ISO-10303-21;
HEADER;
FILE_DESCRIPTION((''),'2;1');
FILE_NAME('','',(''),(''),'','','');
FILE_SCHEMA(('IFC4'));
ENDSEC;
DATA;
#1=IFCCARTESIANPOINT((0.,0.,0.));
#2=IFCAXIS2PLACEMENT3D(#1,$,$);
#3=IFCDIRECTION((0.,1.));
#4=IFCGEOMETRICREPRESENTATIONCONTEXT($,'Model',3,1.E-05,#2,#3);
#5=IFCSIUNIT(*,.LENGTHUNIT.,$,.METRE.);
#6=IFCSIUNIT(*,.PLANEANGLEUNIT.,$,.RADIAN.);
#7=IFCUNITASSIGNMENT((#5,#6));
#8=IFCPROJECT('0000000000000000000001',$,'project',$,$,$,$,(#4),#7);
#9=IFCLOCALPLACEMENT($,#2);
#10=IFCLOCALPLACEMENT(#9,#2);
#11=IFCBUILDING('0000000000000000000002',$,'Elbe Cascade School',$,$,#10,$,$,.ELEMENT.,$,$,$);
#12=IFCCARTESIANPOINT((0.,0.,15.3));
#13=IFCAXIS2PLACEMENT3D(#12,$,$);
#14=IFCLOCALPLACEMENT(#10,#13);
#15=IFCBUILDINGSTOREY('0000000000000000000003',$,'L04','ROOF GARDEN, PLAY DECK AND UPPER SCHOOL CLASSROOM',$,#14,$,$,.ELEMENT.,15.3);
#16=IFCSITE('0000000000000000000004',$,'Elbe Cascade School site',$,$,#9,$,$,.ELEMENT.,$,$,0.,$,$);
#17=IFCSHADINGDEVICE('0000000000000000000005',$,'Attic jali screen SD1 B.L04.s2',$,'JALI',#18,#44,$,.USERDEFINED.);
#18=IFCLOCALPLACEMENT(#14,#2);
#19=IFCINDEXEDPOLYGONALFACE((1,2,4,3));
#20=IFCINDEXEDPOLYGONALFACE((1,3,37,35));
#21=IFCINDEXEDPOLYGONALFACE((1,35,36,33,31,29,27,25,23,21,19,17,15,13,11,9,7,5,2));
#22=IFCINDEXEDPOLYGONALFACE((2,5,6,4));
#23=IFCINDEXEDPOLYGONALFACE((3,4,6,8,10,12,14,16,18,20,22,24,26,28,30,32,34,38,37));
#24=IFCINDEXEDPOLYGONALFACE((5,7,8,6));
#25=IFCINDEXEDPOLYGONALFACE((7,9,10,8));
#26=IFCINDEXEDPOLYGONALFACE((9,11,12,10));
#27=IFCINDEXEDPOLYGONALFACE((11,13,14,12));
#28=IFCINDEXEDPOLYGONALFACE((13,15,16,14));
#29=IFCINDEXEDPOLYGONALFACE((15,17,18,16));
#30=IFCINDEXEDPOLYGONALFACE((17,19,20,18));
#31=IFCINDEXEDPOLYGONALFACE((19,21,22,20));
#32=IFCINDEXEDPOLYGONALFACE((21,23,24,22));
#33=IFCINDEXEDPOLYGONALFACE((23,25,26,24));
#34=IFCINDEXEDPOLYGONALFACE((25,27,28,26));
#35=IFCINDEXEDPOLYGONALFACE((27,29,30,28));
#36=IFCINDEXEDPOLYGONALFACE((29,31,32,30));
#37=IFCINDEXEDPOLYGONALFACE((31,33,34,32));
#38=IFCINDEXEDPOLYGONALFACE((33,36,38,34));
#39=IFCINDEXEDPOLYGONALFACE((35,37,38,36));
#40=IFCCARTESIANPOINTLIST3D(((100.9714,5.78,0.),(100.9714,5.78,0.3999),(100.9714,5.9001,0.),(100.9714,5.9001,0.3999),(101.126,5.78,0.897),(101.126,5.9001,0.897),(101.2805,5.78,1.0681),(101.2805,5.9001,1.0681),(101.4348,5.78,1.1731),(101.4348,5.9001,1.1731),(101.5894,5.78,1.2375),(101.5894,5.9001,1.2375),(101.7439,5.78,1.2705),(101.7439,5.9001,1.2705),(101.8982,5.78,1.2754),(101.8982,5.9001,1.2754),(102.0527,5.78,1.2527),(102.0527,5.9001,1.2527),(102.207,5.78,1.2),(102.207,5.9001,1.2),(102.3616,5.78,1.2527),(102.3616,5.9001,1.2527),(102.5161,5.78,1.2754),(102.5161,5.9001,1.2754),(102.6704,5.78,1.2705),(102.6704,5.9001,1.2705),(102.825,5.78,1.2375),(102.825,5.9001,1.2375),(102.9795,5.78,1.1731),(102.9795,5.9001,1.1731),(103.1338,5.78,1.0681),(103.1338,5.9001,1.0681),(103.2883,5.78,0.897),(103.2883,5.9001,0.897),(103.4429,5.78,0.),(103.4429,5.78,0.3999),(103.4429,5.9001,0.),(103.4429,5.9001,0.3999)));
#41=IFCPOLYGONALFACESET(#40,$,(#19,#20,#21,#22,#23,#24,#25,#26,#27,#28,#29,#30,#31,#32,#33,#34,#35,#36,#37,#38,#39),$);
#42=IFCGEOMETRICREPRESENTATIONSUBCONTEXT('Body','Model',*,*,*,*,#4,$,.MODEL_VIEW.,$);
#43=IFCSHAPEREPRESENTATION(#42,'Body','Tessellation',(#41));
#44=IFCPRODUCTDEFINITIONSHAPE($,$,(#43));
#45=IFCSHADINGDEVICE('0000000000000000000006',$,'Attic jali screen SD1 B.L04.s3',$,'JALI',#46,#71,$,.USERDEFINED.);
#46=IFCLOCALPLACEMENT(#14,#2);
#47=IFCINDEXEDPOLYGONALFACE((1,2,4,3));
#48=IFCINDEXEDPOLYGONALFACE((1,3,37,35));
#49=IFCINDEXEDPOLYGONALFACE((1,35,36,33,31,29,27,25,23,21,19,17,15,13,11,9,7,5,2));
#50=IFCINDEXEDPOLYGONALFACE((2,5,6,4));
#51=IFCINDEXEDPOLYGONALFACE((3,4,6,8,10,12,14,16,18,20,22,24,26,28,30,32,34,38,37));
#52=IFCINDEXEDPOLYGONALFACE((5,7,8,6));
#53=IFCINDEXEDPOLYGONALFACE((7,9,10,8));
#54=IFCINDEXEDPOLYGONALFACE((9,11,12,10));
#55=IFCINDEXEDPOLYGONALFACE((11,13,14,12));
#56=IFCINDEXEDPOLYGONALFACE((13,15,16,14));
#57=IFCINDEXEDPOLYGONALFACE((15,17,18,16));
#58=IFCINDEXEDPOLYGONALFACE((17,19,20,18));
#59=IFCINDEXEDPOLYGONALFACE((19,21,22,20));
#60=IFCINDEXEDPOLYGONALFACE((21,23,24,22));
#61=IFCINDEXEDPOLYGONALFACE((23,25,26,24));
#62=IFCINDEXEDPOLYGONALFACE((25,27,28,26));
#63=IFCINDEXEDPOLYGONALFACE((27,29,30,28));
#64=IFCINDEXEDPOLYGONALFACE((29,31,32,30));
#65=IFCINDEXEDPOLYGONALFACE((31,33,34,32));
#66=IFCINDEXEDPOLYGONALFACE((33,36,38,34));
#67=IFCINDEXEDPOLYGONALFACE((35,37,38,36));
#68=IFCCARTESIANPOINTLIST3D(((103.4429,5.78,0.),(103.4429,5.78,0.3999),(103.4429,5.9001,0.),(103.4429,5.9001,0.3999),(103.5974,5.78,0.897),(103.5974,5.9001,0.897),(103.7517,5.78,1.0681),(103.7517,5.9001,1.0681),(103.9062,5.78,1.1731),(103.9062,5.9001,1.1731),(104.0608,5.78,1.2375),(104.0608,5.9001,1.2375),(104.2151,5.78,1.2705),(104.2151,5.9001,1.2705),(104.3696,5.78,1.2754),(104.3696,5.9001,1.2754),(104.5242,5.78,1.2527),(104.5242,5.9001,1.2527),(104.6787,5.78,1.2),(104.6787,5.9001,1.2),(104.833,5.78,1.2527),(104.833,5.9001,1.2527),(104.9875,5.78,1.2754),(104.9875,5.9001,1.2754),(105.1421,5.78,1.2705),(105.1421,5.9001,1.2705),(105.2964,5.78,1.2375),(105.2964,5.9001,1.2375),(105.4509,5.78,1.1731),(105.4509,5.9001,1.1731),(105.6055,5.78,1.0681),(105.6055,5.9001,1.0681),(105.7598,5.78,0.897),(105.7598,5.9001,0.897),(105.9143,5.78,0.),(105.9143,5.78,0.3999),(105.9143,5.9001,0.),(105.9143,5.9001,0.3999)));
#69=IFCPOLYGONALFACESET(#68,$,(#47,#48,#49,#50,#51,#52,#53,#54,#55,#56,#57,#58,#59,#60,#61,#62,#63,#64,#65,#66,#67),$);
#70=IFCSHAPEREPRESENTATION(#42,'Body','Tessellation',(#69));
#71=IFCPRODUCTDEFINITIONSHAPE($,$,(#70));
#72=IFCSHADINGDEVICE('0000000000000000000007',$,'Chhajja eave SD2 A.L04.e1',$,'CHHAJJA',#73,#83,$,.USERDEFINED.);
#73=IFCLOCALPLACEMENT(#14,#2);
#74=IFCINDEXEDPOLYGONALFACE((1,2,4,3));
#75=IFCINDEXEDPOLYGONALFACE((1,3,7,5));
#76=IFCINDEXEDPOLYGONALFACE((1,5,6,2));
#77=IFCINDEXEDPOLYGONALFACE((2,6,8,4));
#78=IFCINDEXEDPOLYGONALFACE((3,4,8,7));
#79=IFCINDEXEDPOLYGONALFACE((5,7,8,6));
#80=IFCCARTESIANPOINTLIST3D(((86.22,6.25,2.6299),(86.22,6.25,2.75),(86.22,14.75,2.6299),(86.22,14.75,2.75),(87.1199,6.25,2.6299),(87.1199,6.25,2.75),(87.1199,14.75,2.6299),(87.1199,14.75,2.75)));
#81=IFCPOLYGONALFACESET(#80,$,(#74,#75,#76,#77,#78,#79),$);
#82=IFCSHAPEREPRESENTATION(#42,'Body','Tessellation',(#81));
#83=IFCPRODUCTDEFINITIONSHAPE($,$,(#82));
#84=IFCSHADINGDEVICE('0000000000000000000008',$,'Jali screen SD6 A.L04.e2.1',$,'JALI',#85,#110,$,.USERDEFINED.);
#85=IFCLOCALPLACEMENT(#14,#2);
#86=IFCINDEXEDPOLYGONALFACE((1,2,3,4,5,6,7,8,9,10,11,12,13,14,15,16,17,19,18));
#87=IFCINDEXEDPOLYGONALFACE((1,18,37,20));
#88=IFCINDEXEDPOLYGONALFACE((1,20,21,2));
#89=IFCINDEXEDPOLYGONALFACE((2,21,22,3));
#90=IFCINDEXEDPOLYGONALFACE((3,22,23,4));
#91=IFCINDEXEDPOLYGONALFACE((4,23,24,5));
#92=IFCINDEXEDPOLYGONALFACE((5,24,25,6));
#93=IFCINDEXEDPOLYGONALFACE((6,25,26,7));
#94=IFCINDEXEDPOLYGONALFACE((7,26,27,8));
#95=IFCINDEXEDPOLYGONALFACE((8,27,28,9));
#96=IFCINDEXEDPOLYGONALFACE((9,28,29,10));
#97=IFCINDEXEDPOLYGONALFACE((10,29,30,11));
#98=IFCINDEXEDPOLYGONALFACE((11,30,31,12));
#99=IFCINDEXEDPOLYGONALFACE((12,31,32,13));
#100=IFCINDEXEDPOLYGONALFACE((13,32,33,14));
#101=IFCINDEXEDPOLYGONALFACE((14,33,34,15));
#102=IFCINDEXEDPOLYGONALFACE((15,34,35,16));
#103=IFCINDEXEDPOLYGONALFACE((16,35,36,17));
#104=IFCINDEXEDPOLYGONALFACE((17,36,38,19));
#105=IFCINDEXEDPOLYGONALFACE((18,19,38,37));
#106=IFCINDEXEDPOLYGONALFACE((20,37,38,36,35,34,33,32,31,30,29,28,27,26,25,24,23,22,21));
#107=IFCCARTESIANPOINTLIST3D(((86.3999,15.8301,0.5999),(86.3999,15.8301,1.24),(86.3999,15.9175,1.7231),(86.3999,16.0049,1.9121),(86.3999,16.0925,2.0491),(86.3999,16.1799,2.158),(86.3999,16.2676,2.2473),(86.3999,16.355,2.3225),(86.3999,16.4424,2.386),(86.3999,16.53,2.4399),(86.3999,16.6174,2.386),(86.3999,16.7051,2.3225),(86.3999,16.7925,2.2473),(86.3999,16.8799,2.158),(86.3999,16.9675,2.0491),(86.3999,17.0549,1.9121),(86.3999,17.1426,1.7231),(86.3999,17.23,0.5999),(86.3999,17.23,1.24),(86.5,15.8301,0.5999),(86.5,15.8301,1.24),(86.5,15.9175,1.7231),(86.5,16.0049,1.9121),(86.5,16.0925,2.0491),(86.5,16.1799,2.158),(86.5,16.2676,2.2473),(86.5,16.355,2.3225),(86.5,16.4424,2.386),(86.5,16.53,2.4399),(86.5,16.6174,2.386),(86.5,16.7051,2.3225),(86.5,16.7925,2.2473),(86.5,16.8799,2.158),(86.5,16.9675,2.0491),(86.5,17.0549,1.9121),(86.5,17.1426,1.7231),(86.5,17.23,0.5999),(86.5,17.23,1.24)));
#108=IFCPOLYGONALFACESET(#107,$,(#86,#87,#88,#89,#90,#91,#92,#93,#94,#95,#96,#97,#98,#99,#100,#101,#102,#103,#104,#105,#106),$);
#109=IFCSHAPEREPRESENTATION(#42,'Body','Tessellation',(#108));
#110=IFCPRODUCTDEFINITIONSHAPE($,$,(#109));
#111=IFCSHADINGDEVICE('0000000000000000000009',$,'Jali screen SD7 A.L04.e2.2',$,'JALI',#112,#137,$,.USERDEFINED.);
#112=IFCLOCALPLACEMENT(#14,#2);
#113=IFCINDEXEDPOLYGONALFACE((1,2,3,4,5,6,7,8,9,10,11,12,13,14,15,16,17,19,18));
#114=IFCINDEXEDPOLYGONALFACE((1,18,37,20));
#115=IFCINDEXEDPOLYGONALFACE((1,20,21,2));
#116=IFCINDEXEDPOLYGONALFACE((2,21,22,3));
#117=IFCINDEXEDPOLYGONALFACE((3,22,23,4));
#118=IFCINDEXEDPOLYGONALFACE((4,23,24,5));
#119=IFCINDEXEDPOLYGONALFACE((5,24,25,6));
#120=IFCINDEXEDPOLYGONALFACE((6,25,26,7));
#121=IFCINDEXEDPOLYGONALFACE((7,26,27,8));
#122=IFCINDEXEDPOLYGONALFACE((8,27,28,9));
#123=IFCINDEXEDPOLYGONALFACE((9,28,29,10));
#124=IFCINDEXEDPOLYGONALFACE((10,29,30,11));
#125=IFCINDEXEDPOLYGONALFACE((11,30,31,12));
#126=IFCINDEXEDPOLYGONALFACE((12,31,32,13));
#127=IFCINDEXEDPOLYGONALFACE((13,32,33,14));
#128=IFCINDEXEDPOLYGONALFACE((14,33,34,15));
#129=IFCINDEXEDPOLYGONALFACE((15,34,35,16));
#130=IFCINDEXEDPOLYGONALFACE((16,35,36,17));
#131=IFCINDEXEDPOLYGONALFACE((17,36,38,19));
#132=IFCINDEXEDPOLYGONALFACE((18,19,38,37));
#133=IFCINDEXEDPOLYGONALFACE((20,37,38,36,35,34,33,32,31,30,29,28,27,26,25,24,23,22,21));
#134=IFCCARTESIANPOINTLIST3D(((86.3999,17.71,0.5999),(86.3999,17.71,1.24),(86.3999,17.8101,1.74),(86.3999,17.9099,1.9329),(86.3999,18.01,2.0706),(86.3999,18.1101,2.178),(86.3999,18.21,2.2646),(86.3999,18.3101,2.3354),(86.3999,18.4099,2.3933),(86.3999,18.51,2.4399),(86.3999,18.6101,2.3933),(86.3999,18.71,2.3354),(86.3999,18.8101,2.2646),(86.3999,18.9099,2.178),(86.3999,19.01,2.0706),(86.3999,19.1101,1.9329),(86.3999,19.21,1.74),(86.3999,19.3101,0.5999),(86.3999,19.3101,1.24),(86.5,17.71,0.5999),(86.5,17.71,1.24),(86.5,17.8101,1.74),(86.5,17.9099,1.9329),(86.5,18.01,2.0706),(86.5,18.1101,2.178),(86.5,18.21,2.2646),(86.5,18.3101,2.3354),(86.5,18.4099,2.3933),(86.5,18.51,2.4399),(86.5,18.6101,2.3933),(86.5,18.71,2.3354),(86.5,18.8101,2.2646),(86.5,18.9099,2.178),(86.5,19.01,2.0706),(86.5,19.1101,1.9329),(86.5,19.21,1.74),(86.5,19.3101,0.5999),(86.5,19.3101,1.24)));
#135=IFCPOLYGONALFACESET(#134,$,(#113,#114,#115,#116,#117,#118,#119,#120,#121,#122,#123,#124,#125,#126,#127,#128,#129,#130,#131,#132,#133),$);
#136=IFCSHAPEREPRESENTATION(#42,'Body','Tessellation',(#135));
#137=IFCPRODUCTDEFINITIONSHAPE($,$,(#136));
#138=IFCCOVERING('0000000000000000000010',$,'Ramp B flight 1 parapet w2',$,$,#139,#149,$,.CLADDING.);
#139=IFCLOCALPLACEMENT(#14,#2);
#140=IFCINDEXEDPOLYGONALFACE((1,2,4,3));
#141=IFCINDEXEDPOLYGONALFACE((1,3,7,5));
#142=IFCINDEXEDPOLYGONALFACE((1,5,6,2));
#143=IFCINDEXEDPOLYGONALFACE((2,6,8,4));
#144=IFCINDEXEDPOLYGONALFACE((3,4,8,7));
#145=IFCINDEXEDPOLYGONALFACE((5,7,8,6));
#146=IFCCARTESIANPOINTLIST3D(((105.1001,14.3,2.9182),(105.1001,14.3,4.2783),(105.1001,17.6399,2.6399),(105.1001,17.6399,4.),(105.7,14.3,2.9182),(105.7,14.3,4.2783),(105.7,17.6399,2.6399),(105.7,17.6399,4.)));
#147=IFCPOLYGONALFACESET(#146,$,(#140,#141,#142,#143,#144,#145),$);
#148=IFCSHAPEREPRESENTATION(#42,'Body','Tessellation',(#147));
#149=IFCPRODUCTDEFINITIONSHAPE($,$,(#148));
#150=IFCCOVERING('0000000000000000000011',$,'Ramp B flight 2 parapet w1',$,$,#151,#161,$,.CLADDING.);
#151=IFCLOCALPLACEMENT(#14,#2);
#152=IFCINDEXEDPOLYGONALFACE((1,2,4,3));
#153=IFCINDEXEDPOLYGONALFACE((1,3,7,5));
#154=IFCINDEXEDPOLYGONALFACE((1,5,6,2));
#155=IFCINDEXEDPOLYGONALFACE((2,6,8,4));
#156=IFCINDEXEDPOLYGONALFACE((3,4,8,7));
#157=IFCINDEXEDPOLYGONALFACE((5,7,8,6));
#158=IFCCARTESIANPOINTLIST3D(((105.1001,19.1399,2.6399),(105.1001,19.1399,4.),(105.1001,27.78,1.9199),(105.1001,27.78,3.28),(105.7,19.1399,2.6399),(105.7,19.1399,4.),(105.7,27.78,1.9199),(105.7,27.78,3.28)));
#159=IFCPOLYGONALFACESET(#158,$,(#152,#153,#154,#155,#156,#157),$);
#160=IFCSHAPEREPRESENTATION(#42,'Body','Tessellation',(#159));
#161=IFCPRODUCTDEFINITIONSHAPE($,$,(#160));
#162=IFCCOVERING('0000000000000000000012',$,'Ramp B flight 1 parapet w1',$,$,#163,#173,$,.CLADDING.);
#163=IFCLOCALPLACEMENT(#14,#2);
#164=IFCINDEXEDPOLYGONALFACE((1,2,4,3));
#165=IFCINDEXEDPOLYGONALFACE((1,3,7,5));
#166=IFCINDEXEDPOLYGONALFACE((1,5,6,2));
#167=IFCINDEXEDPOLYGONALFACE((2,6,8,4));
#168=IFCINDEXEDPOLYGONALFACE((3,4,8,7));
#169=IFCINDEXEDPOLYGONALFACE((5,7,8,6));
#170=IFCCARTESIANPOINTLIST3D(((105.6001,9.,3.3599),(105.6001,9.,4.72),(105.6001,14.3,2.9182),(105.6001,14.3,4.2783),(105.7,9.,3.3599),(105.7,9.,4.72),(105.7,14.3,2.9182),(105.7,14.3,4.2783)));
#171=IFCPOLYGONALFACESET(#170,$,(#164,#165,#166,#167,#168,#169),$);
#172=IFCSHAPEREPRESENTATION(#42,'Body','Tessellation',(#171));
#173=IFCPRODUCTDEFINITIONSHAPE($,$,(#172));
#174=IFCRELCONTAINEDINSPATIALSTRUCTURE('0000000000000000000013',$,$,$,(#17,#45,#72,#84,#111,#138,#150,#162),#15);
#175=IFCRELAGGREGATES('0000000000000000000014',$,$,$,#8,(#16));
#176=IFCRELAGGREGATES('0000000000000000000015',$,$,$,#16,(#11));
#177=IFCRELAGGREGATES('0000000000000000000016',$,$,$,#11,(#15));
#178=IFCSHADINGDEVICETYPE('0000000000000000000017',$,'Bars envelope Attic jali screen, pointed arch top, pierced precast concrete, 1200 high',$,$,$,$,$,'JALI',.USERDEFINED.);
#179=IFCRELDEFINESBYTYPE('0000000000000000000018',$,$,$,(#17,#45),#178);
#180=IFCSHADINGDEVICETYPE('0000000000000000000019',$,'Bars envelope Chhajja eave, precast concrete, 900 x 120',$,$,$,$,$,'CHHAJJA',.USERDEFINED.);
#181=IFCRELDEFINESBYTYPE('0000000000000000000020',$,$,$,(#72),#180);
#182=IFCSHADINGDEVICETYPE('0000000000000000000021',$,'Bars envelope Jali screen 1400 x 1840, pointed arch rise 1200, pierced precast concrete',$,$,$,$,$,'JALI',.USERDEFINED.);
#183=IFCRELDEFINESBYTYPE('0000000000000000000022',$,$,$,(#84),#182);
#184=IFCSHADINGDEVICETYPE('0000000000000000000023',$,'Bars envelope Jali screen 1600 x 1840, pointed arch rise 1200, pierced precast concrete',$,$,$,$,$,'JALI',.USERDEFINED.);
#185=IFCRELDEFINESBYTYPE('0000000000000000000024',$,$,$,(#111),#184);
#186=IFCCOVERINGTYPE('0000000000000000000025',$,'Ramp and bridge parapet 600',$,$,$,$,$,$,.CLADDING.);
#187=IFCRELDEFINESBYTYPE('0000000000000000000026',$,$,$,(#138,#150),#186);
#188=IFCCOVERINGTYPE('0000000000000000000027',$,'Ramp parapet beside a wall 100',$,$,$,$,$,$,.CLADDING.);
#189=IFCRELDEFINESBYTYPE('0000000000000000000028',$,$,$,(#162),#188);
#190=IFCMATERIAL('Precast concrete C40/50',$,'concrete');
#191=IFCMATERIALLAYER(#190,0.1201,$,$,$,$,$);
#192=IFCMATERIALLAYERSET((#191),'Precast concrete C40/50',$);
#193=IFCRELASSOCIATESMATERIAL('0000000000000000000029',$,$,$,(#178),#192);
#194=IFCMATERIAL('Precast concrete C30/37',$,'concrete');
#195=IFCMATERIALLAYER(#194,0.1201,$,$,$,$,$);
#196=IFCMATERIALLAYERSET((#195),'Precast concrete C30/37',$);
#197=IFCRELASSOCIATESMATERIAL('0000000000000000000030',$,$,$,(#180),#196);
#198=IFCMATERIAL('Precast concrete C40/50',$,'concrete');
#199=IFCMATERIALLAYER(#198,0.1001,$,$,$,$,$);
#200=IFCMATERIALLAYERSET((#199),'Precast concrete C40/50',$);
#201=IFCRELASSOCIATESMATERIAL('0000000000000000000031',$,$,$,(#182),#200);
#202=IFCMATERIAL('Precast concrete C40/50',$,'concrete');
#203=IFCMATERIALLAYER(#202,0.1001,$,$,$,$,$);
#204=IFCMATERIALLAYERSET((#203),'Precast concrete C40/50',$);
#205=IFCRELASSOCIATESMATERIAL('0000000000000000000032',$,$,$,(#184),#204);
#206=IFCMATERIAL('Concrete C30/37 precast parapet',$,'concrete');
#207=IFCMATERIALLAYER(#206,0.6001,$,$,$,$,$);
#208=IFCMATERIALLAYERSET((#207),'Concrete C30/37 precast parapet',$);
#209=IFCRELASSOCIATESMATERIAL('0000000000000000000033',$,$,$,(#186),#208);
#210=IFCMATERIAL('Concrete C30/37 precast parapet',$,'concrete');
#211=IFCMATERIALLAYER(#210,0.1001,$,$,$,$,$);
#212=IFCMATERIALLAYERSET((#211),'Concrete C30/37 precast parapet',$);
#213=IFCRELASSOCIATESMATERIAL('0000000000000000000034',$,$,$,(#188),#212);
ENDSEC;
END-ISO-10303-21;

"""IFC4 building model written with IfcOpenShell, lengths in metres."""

from ifc_helpers import new_model, si_unit, direction, frame, origin, origin_2d, place, context, subcontext, project, spatial, polyline, rectangle, outline, extrude, material, layer, layer_set, type_object, element, save


model = new_model("IFC4")

# Units and contexts
model_context = context("Model", 3, precision=1e-05, world=origin(), true_north=direction((0.0, 1.0)))
body_context = subcontext(model_context, "Body", "Model", "MODEL_VIEW")
ifc_project = project(units=[si_unit("LENGTHUNIT", "METRE"), si_unit("PLANEANGLEUNIT", "RADIAN")], contexts=[model_context])

# Site, building, storey
site_placement = place(None, origin())
site = spatial("IfcSite", under=ifc_project, at=site_placement, Name="Elbe Cascade School site", CompositionType="ELEMENT", RefElevation=0.0)
building_placement = place(site_placement, origin())
building = spatial("IfcBuilding", under=site, at=building_placement, Name="Elbe Cascade School", CompositionType="ELEMENT")
storey_placement = place(building_placement, frame((0.0, 0.0, 15.3)))
storey = spatial("IfcBuildingStorey", under=building, at=storey_placement, Name="L04", Description="ROOF GARDEN, PLAY DECK AND UPPER SCHOOL CLASSROOM", CompositionType="ELEMENT", Elevation=15.3)

# Shading devices
ifc_material_1 = material(Name="Precast concrete C40/50", Category="concrete")
ifc_layer_1 = layer(ifc_material_1, 0.1201)
ifc_layer_set_1 = layer_set([ifc_layer_1], Name="Precast concrete C40/50")
shading_device_type_1 = type_object("IfcShadingDeviceType", Name="Bars envelope Attic jali screen, pointed arch top, pierced precast concrete, 1200 high", ElementType="JALI", PredefinedType="USERDEFINED", material=ifc_layer_set_1)
shading_device_1_placement = place(storey_placement, frame((100.9714, 5.78, 0.0), z_axis=(0.0, -1.0, 0.0), x_axis=(1.0, 0.0, 0.0)))
element("IfcShadingDevice", 1, at=shading_device_1_placement, inside=storey, type_object=shading_device_type_1, Name="Attic jali screen SD1 B.L04.s2", ObjectType="JALI", PredefinedType="USERDEFINED", context=body_context, shape_type="SweptSolid", body=[
    extrude(outline(polyline([(0.0, 0.0), (2.4714, 0.0), (2.4714, 0.3999), (2.3169, 0.897), (2.1624, 1.0681), (2.0081, 1.1731), (1.8535, 1.2375), (1.699, 1.2705), (1.5447, 1.2754), (1.3901, 1.2527), (1.2356, 1.2), (1.0813, 1.2527), (0.9268, 1.2754), (0.7725, 1.2705), (0.6179, 1.2375), (0.4634, 1.1731), (0.3091, 1.0681), (0.1545, 0.897), (0.0, 0.3999), (0.0, 0.0)])), origin(), (0.0, 0.0, -1.0), 0.1201),
])
shading_device_2_placement = place(storey_placement, frame((103.4429, 5.78, 0.0), z_axis=(0.0, -1.0, 0.0), x_axis=(1.0, 0.0, 0.0)))
element("IfcShadingDevice", 2, at=shading_device_2_placement, inside=storey, type_object=shading_device_type_1, Name="Attic jali screen SD1 B.L04.s3", ObjectType="JALI", PredefinedType="USERDEFINED", context=body_context, shape_type="SweptSolid", body=[
    extrude(outline(polyline([(0.0, 0.0), (2.4714, 0.0), (2.4714, 0.3999), (2.3169, 0.897), (2.1626, 1.0681), (2.0081, 1.1731), (1.8535, 1.2375), (1.6992, 1.2705), (1.5447, 1.2754), (1.3901, 1.2527), (1.2358, 1.2), (1.0813, 1.2527), (0.9268, 1.2754), (0.7722, 1.2705), (0.6179, 1.2375), (0.4634, 1.1731), (0.3088, 1.0681), (0.1545, 0.897), (0.0, 0.3999), (0.0, 0.0)])), origin(), (0.0, 0.0, -1.0), 0.1201),
])
ifc_material_2 = material(Name="Precast concrete C30/37", Category="concrete")
ifc_layer_2 = layer(ifc_material_2, 0.1201)
ifc_layer_set_2 = layer_set([ifc_layer_2], Name="Precast concrete C30/37")
shading_device_type_2 = type_object("IfcShadingDeviceType", Name="Bars envelope Chhajja eave, precast concrete, 900 x 120", ElementType="CHHAJJA", PredefinedType="USERDEFINED", material=ifc_layer_set_2)
shading_device_3_placement = place(storey_placement, frame((86.6699, 10.5, 2.6299), z_axis=(0.0, 0.0, 1.0), x_axis=(0.0, 1.0, 0.0)))
element("IfcShadingDevice", 3, at=shading_device_3_placement, inside=storey, type_object=shading_device_type_2, Name="Chhajja eave SD2 A.L04.e1", ObjectType="CHHAJJA", PredefinedType="USERDEFINED", context=body_context, shape_type="SweptSolid", body=[
    extrude(rectangle(XDim=8.5, YDim=0.8999, at=origin_2d()), origin(), (0.0, 0.0, 1.0), 0.1201),
])
ifc_material_3 = material(Name="Precast concrete C40/50", Category="concrete")
ifc_layer_3 = layer(ifc_material_3, 0.1001)
ifc_layer_set_3 = layer_set([ifc_layer_3], Name="Precast concrete C40/50")
shading_device_type_3 = type_object("IfcShadingDeviceType", Name="Bars envelope Jali screen 1400 x 1840, pointed arch rise 1200, pierced precast concrete", ElementType="JALI", PredefinedType="USERDEFINED", material=ifc_layer_set_3)
shading_device_4_placement = place(storey_placement, frame((86.5, 15.8301, 0.5999), z_axis=(1.0, 0.0, 0.0), x_axis=(0.0, 1.0, 0.0)))
element("IfcShadingDevice", 4, at=shading_device_4_placement, inside=storey, type_object=shading_device_type_3, Name="Jali screen SD6 A.L04.e2.1", ObjectType="JALI", PredefinedType="USERDEFINED", context=body_context, shape_type="SweptSolid", body=[
    extrude(outline(polyline([(0.0, 0.0), (1.3999, 0.0), (1.3999, 0.6401), (1.3125, 1.1233), (1.2249, 1.3123), (1.1375, 1.4492), (1.0498, 1.5581), (0.9624, 1.6475), (0.875, 1.7227), (0.7874, 1.7861), (0.7, 1.8401), (0.6123, 1.7861), (0.5249, 1.7227), (0.4375, 1.6475), (0.3499, 1.5581), (0.2625, 1.4492), (0.1748, 1.3123), (0.0874, 1.1233), (0.0, 0.6401), (0.0, 0.0)])), origin(), (0.0, 0.0, -1.0), 0.1001),
])
ifc_material_4 = material(Name="Precast concrete C40/50", Category="concrete")
ifc_layer_4 = layer(ifc_material_4, 0.1001)
ifc_layer_set_4 = layer_set([ifc_layer_4], Name="Precast concrete C40/50")
shading_device_type_4 = type_object("IfcShadingDeviceType", Name="Bars envelope Jali screen 1600 x 1840, pointed arch rise 1200, pierced precast concrete", ElementType="JALI", PredefinedType="USERDEFINED", material=ifc_layer_set_4)
shading_device_5_placement = place(storey_placement, frame((86.5, 17.71, 0.5999), z_axis=(1.0, 0.0, 0.0), x_axis=(0.0, 1.0, 0.0)))
element("IfcShadingDevice", 5, at=shading_device_5_placement, inside=storey, type_object=shading_device_type_4, Name="Jali screen SD7 A.L04.e2.2", ObjectType="JALI", PredefinedType="USERDEFINED", context=body_context, shape_type="SweptSolid", body=[
    extrude(outline(polyline([(0.0, 0.0), (1.6001, 0.0), (1.6001, 0.6401), (1.5, 1.1401), (1.4001, 1.333), (1.3, 1.4707), (1.2, 1.5781), (1.1001, 1.6648), (1.0, 1.7356), (0.9001, 1.7935), (0.8, 1.8401), (0.7, 1.7935), (0.6001, 1.7356), (0.5, 1.6648), (0.4001, 1.5781), (0.3, 1.4707), (0.2, 1.333), (0.1001, 1.1401), (0.0, 0.6401), (0.0, 0.0)])), origin(), (0.0, 0.0, -1.0), 0.1001),
])

# Coverings
ifc_material_5 = material(Name="Concrete C30/37 precast parapet", Category="concrete")
ifc_layer_5 = layer(ifc_material_5, 0.6001)
ifc_layer_set_5 = layer_set([ifc_layer_5], Name="Concrete C30/37 precast parapet")
covering_type_1 = type_object("IfcCoveringType", Name="Ramp and bridge parapet 600", PredefinedType="CLADDING", material=ifc_layer_set_5)
covering_1_placement = place(storey_placement, frame((105.1001, 14.3, 4.2783), z_axis=(0.0, 0.083045, 0.996546), x_axis=(0.0, 0.996546, -0.083045)))
element("IfcCovering", 6, at=covering_1_placement, inside=storey, type_object=covering_type_1, Name="Ramp B flight 1 parapet w2", PredefinedType="CLADDING", context=body_context, shape_type="SweptSolid", body=[
    extrude(outline(polyline([(0.0, 0.0), (3.3514, 0.0), (3.3514, -0.5999), (0.0, -0.5999), (0.0, 0.0)])), origin(), (0.083045, 0.0, -0.996546), 1.3601),
])
covering_2_placement = place(storey_placement, frame((105.1001, 19.1399, 4.0), z_axis=(0.0, 0.083041, 0.996546), x_axis=(0.0, 0.996546, -0.083041)))
element("IfcCovering", 7, at=covering_2_placement, inside=storey, type_object=covering_type_1, Name="Ramp B flight 2 parapet w1", PredefinedType="CLADDING", context=body_context, shape_type="SweptSolid", body=[
    extrude(outline(polyline([(0.0, 0.0), (8.6701, 0.0), (8.6701, -0.5999), (0.0, -0.5999), (0.0, 0.0)])), origin(), (0.083041, 0.0, -0.996546), 1.3601),
])
ifc_material_6 = material(Name="Concrete C30/37 precast parapet", Category="concrete")
ifc_layer_6 = layer(ifc_material_6, 0.1001)
ifc_layer_set_6 = layer_set([ifc_layer_6], Name="Concrete C30/37 precast parapet")
covering_type_2 = type_object("IfcCoveringType", Name="Ramp parapet beside a wall 100", PredefinedType="CLADDING", material=ifc_layer_set_6)
covering_3_placement = place(storey_placement, frame((105.6001, 9.0, 4.72), z_axis=(0.0, 0.083042, 0.996546), x_axis=(0.0, 0.996546, -0.083042)))
element("IfcCovering", 8, at=covering_3_placement, inside=storey, type_object=covering_type_2, Name="Ramp B flight 1 parapet w1", PredefinedType="CLADDING", context=body_context, shape_type="SweptSolid", body=[
    extrude(outline(polyline([(0.0, 0.0), (5.3184, 0.0), (5.3184, -0.0999), (0.0, -0.0999), (0.0, 0.0)])), origin(), (0.083042, 0.0, -0.996546), 1.3601),
])

save(model, "model.ifc")
